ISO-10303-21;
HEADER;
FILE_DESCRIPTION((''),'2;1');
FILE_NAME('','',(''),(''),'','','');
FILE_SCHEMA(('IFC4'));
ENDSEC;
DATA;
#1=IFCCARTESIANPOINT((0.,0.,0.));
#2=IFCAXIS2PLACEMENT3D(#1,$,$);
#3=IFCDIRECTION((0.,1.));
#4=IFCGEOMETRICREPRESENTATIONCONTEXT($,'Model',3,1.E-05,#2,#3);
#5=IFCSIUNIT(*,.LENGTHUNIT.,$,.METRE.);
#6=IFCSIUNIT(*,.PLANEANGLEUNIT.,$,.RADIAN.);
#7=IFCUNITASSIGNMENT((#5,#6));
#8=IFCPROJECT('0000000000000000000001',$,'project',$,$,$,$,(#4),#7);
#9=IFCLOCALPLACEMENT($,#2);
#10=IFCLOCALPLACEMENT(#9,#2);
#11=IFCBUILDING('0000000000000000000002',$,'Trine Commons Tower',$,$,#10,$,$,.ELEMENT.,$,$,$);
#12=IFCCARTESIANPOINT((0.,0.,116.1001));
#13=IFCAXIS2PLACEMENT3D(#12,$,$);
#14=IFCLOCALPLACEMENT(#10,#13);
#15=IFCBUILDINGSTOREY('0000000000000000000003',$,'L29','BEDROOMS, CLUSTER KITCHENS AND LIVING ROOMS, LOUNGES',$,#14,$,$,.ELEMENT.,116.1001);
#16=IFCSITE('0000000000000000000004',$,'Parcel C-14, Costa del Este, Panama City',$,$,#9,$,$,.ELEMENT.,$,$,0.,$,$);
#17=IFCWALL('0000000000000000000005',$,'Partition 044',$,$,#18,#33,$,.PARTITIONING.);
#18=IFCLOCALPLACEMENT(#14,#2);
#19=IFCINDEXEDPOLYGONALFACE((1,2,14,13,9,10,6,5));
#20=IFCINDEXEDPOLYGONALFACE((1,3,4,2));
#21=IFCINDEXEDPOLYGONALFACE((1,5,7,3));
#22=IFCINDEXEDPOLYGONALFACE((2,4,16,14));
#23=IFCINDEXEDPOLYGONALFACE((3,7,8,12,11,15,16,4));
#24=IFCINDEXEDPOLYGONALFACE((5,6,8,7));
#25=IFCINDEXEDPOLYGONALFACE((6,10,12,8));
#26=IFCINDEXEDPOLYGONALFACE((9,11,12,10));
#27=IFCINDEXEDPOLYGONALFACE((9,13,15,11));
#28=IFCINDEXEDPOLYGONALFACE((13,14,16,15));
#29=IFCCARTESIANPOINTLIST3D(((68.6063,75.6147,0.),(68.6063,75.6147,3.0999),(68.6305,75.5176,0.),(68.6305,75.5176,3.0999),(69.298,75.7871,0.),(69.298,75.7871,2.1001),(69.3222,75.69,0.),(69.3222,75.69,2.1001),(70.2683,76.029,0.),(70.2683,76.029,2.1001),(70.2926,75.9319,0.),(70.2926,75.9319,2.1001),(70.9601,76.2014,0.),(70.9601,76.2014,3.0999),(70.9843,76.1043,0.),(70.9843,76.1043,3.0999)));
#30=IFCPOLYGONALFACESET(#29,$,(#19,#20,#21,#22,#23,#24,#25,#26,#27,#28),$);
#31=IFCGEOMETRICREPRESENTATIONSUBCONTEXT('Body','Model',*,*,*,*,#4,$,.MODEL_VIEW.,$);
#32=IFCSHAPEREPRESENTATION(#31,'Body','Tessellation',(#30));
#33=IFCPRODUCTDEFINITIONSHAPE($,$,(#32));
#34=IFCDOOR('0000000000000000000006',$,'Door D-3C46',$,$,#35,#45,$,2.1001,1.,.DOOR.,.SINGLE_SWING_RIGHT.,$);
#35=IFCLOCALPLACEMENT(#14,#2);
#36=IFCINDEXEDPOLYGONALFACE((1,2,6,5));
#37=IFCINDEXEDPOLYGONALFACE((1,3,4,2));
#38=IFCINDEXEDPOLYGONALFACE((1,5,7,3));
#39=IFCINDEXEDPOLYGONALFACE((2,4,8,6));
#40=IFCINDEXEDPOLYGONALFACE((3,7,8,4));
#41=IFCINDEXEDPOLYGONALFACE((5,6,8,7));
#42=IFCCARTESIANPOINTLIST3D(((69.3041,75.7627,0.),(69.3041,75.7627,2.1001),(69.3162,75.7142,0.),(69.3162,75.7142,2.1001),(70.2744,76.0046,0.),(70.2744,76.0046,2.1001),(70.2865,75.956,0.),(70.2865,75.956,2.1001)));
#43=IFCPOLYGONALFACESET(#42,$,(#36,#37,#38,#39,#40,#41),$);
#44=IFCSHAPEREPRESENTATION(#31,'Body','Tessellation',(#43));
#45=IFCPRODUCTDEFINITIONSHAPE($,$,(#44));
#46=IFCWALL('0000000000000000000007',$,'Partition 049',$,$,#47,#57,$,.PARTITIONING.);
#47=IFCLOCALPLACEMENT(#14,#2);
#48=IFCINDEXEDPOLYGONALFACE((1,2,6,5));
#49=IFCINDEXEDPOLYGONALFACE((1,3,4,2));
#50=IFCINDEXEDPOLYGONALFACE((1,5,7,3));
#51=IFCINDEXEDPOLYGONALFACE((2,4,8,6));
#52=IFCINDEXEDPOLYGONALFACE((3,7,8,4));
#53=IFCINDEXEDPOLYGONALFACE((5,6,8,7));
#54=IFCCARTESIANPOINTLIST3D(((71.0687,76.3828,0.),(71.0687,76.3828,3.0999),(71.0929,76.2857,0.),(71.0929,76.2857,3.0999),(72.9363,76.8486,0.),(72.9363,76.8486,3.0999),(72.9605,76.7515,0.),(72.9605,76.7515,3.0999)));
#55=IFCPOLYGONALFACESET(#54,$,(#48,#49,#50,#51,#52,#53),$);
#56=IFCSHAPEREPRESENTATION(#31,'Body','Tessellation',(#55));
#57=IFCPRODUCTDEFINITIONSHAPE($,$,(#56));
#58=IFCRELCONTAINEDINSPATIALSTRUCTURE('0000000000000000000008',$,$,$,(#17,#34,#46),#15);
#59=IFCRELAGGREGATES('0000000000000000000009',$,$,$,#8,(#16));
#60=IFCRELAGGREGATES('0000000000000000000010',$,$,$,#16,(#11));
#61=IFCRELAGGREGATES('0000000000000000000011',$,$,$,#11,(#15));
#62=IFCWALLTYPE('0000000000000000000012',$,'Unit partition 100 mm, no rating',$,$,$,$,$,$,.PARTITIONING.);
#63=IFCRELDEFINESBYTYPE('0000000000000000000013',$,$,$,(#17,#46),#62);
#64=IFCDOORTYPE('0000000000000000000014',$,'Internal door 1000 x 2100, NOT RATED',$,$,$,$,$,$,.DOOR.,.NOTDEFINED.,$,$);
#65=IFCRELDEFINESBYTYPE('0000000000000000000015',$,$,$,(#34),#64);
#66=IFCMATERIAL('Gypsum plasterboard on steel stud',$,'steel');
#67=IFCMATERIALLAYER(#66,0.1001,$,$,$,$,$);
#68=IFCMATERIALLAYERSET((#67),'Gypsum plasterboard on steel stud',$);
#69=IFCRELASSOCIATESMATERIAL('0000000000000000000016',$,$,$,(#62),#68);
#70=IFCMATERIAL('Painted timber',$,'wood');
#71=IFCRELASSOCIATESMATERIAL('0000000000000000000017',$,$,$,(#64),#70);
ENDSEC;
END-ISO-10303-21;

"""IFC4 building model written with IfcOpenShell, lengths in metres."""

from ifc_helpers import new_model, si_unit, direction, frame, frame_2d, origin, place, context, subcontext, project, spatial, rectangle, extrude, material, layer, layer_set, type_object, element, fill, save


model = new_model("IFC4")

# Units and contexts
model_context = context("Model", 3, precision=1e-05, world=origin(), true_north=direction((0.0, 1.0)))
body_context = subcontext(model_context, "Body", "Model", "MODEL_VIEW")
ifc_project = project(units=[si_unit("LENGTHUNIT", "METRE"), si_unit("PLANEANGLEUNIT", "RADIAN")], contexts=[model_context])

# Site, building, storey
site_placement = place(None, origin())
site = spatial("IfcSite", under=ifc_project, at=site_placement, Name="Parcel C-14, Costa del Este, Panama City", CompositionType="ELEMENT", RefElevation=0.0)
building_placement = place(site_placement, origin())
building = spatial("IfcBuilding", under=site, at=building_placement, Name="Trine Commons Tower", CompositionType="ELEMENT")
storey_placement = place(building_placement, frame((0.0, 0.0, 116.1001)))
storey = spatial("IfcBuildingStorey", under=building, at=storey_placement, Name="L29", Description="BEDROOMS, CLUSTER KITCHENS AND LIVING ROOMS, LOUNGES", CompositionType="ELEMENT", Elevation=116.1001)

# Shared definitions
ifc_material_1 = material(Name="Gypsum plasterboard on steel stud", Category="steel")

# Shared definitions
ifc_layer_1 = layer(ifc_material_1, 0.1001)
ifc_layer_set_1 = layer_set([ifc_layer_1], Name="Gypsum plasterboard on steel stud")
wall_type_1 = type_object("IfcWallType", Name="Unit partition 100 mm, no rating", PredefinedType="PARTITIONING", material=ifc_layer_set_1)

# Wall, opening, door
wall_1_placement = place(storey_placement, frame((68.6184, 75.5662, 0.0), z_axis=(0.0, 0.0, 1.0), x_axis=(0.970314, 0.241849, 0.0)))
wall_1 = element("IfcWall", 1, at=wall_1_placement, inside=storey, type_object=wall_type_1, Name="Partition 044", PredefinedType="PARTITIONING", context=body_context, shape_type="SweptSolid", body=[
    extrude(rectangle(XDim=2.4258, YDim=0.1001, at=frame_2d((1.2129, 0.0))), origin(), (0.0, 0.0, 1.0), 3.0999),
])
opening_1_placement = place(wall_1_placement, frame((0.7129, 0.0, 0.0)))
opening_1 = element("IfcOpeningElement", 2, at=opening_1_placement, cuts=wall_1, PredefinedType="OPENING", context=body_context, shape_type="SweptSolid", body=[
    extrude(rectangle(XDim=1.0, YDim=2.1001, at=frame_2d((0.5, 1.05))), frame((0.0, 0.0601, 0.0), z_axis=(0.0, -1.0, 0.0), x_axis=(1.0, 0.0, 0.0)), (0.0, 0.0, 1.0), 0.1201),
])
ifc_material_2 = material(Name="Painted timber", Category="wood")
door_type_1 = type_object("IfcDoorType", Name="Internal door 1000 x 2100, NOT RATED", OperationType="NOTDEFINED", PredefinedType="DOOR", material=ifc_material_2)
door_1_placement = place(opening_1_placement, origin())
door_1 = element("IfcDoor", 3, at=door_1_placement, inside=storey, type_object=door_type_1, Name="Door D-3C46", OperationType="SINGLE_SWING_RIGHT", OverallHeight=2.1001, OverallWidth=1.0, PredefinedType="DOOR", context=body_context, shape_type="SweptSolid", body=[
    extrude(rectangle(XDim=1.0, YDim=2.1001, at=frame_2d((0.5, 1.05))), frame((0.0, 0.0249, 0.0), z_axis=(0.0, -1.0, 0.0), x_axis=(1.0, 0.0, 0.0)), (0.0, 0.0, 1.0), 0.05),
])
fill(opening_1, door_1)

# Wall
wall_2_placement = place(storey_placement, frame((71.0808, 76.3342, 0.0), z_axis=(0.0, 0.0, 1.0), x_axis=(0.970277, 0.241998, 0.0)))
element("IfcWall", 4, at=wall_2_placement, inside=storey, type_object=wall_type_1, Name="Partition 049", PredefinedType="PARTITIONING", context=body_context, shape_type="SweptSolid", body=[
    extrude(rectangle(XDim=1.9248, YDim=0.1001, at=frame_2d((0.9624, 0.0))), origin(), (0.0, 0.0, 1.0), 3.0999),
])

save(model, "model.ifc")
